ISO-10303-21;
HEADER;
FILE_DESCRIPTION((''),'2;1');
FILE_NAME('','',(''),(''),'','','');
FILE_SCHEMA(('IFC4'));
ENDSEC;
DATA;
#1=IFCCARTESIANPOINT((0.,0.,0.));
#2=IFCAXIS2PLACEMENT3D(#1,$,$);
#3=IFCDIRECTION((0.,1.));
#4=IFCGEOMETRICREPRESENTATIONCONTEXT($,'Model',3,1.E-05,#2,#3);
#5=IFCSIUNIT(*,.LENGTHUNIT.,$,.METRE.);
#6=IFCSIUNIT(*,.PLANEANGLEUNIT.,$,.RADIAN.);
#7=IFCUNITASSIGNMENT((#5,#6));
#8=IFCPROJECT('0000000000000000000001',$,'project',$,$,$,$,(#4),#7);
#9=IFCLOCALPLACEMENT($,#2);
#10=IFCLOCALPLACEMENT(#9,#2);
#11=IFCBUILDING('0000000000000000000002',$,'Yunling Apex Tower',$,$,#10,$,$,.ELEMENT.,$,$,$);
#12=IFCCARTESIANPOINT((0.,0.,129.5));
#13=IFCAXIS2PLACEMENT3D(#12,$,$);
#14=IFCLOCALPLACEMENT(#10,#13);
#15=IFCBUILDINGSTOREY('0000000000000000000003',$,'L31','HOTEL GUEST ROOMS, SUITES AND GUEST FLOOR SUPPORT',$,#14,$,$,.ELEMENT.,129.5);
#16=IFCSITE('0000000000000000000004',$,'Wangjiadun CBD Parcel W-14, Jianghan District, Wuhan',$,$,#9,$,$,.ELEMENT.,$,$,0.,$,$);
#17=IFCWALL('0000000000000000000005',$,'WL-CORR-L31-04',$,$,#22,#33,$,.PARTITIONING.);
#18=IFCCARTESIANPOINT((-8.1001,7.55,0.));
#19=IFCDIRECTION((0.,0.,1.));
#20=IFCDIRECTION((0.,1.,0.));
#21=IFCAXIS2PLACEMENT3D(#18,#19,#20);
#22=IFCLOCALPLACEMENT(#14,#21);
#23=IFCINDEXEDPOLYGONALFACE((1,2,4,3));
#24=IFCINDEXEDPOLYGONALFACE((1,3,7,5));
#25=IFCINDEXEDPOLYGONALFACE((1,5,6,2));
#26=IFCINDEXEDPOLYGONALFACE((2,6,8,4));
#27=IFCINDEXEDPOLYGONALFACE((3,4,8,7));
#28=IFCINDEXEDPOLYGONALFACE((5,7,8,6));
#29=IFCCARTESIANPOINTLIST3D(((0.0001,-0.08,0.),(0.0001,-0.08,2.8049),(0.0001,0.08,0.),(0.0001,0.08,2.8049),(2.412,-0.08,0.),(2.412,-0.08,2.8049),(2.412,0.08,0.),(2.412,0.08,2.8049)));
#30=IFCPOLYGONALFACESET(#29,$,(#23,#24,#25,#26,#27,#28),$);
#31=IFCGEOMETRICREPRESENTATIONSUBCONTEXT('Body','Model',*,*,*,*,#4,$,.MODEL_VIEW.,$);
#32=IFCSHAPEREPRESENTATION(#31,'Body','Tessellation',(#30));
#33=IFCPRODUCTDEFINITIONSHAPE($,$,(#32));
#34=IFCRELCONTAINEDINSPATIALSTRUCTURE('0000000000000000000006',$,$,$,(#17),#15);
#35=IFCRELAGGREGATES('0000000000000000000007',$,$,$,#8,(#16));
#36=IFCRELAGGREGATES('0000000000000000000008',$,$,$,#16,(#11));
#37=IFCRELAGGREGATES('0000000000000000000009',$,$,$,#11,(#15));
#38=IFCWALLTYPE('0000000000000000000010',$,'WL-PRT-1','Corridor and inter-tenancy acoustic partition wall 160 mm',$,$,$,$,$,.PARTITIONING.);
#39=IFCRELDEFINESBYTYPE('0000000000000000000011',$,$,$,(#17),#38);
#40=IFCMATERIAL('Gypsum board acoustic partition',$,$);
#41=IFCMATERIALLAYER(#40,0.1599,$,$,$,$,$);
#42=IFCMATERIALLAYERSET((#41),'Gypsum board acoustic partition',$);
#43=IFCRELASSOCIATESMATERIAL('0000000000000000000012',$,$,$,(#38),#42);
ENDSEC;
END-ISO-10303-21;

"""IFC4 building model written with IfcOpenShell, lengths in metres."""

from ifc_helpers import new_model, si_unit, direction, frame, frame_2d, origin, place, context, subcontext, project, spatial, rectangle, extrude, material, layer, layer_set, type_object, element, save


model = new_model("IFC4")

# Units and contexts
model_context = context("Model", 3, precision=1e-05, world=origin(), true_north=direction((0.0, 1.0)))
body_context = subcontext(model_context, "Body", "Model", "MODEL_VIEW")
ifc_project = project(units=[si_unit("LENGTHUNIT", "METRE"), si_unit("PLANEANGLEUNIT", "RADIAN")], contexts=[model_context])

# Site, building, storey
site_placement = place(None, origin())
site = spatial("IfcSite", under=ifc_project, at=site_placement, Name="Wangjiadun CBD Parcel W-14, Jianghan District, Wuhan", CompositionType="ELEMENT", RefElevation=0.0)
building_placement = place(site_placement, origin())
building = spatial("IfcBuilding", under=site, at=building_placement, Name="Yunling Apex Tower", CompositionType="ELEMENT")
storey_placement = place(building_placement, frame((0.0, 0.0, 129.5)))
storey = spatial("IfcBuildingStorey", under=building, at=storey_placement, Name="L31", Description="HOTEL GUEST ROOMS, SUITES AND GUEST FLOOR SUPPORT", CompositionType="ELEMENT", Elevation=129.5)

# Wall
ifc_material_1 = material(Name="Gypsum board acoustic partition")
ifc_layer_1 = layer(ifc_material_1, 0.1599)
ifc_layer_set_1 = layer_set([ifc_layer_1], Name="Gypsum board acoustic partition")
wall_type = type_object("IfcWallType", Name="WL-PRT-1", Description="Corridor and inter-tenancy acoustic partition wall 160 mm", PredefinedType="PARTITIONING", material=ifc_layer_set_1)
wall_1_placement = place(storey_placement, frame((-8.1001, 7.55, 0.0), z_axis=(0.0, 0.0, 1.0), x_axis=(0.0, 1.0, 0.0)))
element("IfcWall", 1, at=wall_1_placement, inside=storey, type_object=wall_type, Name="WL-CORR-L31-04", PredefinedType="PARTITIONING", context=body_context, shape_type="SweptSolid", body=[
    extrude(rectangle(XDim=2.4119, YDim=0.1599, at=frame_2d((1.2061, 0.0))), origin(), (0.0, 0.0, 1.0), 2.8049),
])

save(model, "model.ifc")
